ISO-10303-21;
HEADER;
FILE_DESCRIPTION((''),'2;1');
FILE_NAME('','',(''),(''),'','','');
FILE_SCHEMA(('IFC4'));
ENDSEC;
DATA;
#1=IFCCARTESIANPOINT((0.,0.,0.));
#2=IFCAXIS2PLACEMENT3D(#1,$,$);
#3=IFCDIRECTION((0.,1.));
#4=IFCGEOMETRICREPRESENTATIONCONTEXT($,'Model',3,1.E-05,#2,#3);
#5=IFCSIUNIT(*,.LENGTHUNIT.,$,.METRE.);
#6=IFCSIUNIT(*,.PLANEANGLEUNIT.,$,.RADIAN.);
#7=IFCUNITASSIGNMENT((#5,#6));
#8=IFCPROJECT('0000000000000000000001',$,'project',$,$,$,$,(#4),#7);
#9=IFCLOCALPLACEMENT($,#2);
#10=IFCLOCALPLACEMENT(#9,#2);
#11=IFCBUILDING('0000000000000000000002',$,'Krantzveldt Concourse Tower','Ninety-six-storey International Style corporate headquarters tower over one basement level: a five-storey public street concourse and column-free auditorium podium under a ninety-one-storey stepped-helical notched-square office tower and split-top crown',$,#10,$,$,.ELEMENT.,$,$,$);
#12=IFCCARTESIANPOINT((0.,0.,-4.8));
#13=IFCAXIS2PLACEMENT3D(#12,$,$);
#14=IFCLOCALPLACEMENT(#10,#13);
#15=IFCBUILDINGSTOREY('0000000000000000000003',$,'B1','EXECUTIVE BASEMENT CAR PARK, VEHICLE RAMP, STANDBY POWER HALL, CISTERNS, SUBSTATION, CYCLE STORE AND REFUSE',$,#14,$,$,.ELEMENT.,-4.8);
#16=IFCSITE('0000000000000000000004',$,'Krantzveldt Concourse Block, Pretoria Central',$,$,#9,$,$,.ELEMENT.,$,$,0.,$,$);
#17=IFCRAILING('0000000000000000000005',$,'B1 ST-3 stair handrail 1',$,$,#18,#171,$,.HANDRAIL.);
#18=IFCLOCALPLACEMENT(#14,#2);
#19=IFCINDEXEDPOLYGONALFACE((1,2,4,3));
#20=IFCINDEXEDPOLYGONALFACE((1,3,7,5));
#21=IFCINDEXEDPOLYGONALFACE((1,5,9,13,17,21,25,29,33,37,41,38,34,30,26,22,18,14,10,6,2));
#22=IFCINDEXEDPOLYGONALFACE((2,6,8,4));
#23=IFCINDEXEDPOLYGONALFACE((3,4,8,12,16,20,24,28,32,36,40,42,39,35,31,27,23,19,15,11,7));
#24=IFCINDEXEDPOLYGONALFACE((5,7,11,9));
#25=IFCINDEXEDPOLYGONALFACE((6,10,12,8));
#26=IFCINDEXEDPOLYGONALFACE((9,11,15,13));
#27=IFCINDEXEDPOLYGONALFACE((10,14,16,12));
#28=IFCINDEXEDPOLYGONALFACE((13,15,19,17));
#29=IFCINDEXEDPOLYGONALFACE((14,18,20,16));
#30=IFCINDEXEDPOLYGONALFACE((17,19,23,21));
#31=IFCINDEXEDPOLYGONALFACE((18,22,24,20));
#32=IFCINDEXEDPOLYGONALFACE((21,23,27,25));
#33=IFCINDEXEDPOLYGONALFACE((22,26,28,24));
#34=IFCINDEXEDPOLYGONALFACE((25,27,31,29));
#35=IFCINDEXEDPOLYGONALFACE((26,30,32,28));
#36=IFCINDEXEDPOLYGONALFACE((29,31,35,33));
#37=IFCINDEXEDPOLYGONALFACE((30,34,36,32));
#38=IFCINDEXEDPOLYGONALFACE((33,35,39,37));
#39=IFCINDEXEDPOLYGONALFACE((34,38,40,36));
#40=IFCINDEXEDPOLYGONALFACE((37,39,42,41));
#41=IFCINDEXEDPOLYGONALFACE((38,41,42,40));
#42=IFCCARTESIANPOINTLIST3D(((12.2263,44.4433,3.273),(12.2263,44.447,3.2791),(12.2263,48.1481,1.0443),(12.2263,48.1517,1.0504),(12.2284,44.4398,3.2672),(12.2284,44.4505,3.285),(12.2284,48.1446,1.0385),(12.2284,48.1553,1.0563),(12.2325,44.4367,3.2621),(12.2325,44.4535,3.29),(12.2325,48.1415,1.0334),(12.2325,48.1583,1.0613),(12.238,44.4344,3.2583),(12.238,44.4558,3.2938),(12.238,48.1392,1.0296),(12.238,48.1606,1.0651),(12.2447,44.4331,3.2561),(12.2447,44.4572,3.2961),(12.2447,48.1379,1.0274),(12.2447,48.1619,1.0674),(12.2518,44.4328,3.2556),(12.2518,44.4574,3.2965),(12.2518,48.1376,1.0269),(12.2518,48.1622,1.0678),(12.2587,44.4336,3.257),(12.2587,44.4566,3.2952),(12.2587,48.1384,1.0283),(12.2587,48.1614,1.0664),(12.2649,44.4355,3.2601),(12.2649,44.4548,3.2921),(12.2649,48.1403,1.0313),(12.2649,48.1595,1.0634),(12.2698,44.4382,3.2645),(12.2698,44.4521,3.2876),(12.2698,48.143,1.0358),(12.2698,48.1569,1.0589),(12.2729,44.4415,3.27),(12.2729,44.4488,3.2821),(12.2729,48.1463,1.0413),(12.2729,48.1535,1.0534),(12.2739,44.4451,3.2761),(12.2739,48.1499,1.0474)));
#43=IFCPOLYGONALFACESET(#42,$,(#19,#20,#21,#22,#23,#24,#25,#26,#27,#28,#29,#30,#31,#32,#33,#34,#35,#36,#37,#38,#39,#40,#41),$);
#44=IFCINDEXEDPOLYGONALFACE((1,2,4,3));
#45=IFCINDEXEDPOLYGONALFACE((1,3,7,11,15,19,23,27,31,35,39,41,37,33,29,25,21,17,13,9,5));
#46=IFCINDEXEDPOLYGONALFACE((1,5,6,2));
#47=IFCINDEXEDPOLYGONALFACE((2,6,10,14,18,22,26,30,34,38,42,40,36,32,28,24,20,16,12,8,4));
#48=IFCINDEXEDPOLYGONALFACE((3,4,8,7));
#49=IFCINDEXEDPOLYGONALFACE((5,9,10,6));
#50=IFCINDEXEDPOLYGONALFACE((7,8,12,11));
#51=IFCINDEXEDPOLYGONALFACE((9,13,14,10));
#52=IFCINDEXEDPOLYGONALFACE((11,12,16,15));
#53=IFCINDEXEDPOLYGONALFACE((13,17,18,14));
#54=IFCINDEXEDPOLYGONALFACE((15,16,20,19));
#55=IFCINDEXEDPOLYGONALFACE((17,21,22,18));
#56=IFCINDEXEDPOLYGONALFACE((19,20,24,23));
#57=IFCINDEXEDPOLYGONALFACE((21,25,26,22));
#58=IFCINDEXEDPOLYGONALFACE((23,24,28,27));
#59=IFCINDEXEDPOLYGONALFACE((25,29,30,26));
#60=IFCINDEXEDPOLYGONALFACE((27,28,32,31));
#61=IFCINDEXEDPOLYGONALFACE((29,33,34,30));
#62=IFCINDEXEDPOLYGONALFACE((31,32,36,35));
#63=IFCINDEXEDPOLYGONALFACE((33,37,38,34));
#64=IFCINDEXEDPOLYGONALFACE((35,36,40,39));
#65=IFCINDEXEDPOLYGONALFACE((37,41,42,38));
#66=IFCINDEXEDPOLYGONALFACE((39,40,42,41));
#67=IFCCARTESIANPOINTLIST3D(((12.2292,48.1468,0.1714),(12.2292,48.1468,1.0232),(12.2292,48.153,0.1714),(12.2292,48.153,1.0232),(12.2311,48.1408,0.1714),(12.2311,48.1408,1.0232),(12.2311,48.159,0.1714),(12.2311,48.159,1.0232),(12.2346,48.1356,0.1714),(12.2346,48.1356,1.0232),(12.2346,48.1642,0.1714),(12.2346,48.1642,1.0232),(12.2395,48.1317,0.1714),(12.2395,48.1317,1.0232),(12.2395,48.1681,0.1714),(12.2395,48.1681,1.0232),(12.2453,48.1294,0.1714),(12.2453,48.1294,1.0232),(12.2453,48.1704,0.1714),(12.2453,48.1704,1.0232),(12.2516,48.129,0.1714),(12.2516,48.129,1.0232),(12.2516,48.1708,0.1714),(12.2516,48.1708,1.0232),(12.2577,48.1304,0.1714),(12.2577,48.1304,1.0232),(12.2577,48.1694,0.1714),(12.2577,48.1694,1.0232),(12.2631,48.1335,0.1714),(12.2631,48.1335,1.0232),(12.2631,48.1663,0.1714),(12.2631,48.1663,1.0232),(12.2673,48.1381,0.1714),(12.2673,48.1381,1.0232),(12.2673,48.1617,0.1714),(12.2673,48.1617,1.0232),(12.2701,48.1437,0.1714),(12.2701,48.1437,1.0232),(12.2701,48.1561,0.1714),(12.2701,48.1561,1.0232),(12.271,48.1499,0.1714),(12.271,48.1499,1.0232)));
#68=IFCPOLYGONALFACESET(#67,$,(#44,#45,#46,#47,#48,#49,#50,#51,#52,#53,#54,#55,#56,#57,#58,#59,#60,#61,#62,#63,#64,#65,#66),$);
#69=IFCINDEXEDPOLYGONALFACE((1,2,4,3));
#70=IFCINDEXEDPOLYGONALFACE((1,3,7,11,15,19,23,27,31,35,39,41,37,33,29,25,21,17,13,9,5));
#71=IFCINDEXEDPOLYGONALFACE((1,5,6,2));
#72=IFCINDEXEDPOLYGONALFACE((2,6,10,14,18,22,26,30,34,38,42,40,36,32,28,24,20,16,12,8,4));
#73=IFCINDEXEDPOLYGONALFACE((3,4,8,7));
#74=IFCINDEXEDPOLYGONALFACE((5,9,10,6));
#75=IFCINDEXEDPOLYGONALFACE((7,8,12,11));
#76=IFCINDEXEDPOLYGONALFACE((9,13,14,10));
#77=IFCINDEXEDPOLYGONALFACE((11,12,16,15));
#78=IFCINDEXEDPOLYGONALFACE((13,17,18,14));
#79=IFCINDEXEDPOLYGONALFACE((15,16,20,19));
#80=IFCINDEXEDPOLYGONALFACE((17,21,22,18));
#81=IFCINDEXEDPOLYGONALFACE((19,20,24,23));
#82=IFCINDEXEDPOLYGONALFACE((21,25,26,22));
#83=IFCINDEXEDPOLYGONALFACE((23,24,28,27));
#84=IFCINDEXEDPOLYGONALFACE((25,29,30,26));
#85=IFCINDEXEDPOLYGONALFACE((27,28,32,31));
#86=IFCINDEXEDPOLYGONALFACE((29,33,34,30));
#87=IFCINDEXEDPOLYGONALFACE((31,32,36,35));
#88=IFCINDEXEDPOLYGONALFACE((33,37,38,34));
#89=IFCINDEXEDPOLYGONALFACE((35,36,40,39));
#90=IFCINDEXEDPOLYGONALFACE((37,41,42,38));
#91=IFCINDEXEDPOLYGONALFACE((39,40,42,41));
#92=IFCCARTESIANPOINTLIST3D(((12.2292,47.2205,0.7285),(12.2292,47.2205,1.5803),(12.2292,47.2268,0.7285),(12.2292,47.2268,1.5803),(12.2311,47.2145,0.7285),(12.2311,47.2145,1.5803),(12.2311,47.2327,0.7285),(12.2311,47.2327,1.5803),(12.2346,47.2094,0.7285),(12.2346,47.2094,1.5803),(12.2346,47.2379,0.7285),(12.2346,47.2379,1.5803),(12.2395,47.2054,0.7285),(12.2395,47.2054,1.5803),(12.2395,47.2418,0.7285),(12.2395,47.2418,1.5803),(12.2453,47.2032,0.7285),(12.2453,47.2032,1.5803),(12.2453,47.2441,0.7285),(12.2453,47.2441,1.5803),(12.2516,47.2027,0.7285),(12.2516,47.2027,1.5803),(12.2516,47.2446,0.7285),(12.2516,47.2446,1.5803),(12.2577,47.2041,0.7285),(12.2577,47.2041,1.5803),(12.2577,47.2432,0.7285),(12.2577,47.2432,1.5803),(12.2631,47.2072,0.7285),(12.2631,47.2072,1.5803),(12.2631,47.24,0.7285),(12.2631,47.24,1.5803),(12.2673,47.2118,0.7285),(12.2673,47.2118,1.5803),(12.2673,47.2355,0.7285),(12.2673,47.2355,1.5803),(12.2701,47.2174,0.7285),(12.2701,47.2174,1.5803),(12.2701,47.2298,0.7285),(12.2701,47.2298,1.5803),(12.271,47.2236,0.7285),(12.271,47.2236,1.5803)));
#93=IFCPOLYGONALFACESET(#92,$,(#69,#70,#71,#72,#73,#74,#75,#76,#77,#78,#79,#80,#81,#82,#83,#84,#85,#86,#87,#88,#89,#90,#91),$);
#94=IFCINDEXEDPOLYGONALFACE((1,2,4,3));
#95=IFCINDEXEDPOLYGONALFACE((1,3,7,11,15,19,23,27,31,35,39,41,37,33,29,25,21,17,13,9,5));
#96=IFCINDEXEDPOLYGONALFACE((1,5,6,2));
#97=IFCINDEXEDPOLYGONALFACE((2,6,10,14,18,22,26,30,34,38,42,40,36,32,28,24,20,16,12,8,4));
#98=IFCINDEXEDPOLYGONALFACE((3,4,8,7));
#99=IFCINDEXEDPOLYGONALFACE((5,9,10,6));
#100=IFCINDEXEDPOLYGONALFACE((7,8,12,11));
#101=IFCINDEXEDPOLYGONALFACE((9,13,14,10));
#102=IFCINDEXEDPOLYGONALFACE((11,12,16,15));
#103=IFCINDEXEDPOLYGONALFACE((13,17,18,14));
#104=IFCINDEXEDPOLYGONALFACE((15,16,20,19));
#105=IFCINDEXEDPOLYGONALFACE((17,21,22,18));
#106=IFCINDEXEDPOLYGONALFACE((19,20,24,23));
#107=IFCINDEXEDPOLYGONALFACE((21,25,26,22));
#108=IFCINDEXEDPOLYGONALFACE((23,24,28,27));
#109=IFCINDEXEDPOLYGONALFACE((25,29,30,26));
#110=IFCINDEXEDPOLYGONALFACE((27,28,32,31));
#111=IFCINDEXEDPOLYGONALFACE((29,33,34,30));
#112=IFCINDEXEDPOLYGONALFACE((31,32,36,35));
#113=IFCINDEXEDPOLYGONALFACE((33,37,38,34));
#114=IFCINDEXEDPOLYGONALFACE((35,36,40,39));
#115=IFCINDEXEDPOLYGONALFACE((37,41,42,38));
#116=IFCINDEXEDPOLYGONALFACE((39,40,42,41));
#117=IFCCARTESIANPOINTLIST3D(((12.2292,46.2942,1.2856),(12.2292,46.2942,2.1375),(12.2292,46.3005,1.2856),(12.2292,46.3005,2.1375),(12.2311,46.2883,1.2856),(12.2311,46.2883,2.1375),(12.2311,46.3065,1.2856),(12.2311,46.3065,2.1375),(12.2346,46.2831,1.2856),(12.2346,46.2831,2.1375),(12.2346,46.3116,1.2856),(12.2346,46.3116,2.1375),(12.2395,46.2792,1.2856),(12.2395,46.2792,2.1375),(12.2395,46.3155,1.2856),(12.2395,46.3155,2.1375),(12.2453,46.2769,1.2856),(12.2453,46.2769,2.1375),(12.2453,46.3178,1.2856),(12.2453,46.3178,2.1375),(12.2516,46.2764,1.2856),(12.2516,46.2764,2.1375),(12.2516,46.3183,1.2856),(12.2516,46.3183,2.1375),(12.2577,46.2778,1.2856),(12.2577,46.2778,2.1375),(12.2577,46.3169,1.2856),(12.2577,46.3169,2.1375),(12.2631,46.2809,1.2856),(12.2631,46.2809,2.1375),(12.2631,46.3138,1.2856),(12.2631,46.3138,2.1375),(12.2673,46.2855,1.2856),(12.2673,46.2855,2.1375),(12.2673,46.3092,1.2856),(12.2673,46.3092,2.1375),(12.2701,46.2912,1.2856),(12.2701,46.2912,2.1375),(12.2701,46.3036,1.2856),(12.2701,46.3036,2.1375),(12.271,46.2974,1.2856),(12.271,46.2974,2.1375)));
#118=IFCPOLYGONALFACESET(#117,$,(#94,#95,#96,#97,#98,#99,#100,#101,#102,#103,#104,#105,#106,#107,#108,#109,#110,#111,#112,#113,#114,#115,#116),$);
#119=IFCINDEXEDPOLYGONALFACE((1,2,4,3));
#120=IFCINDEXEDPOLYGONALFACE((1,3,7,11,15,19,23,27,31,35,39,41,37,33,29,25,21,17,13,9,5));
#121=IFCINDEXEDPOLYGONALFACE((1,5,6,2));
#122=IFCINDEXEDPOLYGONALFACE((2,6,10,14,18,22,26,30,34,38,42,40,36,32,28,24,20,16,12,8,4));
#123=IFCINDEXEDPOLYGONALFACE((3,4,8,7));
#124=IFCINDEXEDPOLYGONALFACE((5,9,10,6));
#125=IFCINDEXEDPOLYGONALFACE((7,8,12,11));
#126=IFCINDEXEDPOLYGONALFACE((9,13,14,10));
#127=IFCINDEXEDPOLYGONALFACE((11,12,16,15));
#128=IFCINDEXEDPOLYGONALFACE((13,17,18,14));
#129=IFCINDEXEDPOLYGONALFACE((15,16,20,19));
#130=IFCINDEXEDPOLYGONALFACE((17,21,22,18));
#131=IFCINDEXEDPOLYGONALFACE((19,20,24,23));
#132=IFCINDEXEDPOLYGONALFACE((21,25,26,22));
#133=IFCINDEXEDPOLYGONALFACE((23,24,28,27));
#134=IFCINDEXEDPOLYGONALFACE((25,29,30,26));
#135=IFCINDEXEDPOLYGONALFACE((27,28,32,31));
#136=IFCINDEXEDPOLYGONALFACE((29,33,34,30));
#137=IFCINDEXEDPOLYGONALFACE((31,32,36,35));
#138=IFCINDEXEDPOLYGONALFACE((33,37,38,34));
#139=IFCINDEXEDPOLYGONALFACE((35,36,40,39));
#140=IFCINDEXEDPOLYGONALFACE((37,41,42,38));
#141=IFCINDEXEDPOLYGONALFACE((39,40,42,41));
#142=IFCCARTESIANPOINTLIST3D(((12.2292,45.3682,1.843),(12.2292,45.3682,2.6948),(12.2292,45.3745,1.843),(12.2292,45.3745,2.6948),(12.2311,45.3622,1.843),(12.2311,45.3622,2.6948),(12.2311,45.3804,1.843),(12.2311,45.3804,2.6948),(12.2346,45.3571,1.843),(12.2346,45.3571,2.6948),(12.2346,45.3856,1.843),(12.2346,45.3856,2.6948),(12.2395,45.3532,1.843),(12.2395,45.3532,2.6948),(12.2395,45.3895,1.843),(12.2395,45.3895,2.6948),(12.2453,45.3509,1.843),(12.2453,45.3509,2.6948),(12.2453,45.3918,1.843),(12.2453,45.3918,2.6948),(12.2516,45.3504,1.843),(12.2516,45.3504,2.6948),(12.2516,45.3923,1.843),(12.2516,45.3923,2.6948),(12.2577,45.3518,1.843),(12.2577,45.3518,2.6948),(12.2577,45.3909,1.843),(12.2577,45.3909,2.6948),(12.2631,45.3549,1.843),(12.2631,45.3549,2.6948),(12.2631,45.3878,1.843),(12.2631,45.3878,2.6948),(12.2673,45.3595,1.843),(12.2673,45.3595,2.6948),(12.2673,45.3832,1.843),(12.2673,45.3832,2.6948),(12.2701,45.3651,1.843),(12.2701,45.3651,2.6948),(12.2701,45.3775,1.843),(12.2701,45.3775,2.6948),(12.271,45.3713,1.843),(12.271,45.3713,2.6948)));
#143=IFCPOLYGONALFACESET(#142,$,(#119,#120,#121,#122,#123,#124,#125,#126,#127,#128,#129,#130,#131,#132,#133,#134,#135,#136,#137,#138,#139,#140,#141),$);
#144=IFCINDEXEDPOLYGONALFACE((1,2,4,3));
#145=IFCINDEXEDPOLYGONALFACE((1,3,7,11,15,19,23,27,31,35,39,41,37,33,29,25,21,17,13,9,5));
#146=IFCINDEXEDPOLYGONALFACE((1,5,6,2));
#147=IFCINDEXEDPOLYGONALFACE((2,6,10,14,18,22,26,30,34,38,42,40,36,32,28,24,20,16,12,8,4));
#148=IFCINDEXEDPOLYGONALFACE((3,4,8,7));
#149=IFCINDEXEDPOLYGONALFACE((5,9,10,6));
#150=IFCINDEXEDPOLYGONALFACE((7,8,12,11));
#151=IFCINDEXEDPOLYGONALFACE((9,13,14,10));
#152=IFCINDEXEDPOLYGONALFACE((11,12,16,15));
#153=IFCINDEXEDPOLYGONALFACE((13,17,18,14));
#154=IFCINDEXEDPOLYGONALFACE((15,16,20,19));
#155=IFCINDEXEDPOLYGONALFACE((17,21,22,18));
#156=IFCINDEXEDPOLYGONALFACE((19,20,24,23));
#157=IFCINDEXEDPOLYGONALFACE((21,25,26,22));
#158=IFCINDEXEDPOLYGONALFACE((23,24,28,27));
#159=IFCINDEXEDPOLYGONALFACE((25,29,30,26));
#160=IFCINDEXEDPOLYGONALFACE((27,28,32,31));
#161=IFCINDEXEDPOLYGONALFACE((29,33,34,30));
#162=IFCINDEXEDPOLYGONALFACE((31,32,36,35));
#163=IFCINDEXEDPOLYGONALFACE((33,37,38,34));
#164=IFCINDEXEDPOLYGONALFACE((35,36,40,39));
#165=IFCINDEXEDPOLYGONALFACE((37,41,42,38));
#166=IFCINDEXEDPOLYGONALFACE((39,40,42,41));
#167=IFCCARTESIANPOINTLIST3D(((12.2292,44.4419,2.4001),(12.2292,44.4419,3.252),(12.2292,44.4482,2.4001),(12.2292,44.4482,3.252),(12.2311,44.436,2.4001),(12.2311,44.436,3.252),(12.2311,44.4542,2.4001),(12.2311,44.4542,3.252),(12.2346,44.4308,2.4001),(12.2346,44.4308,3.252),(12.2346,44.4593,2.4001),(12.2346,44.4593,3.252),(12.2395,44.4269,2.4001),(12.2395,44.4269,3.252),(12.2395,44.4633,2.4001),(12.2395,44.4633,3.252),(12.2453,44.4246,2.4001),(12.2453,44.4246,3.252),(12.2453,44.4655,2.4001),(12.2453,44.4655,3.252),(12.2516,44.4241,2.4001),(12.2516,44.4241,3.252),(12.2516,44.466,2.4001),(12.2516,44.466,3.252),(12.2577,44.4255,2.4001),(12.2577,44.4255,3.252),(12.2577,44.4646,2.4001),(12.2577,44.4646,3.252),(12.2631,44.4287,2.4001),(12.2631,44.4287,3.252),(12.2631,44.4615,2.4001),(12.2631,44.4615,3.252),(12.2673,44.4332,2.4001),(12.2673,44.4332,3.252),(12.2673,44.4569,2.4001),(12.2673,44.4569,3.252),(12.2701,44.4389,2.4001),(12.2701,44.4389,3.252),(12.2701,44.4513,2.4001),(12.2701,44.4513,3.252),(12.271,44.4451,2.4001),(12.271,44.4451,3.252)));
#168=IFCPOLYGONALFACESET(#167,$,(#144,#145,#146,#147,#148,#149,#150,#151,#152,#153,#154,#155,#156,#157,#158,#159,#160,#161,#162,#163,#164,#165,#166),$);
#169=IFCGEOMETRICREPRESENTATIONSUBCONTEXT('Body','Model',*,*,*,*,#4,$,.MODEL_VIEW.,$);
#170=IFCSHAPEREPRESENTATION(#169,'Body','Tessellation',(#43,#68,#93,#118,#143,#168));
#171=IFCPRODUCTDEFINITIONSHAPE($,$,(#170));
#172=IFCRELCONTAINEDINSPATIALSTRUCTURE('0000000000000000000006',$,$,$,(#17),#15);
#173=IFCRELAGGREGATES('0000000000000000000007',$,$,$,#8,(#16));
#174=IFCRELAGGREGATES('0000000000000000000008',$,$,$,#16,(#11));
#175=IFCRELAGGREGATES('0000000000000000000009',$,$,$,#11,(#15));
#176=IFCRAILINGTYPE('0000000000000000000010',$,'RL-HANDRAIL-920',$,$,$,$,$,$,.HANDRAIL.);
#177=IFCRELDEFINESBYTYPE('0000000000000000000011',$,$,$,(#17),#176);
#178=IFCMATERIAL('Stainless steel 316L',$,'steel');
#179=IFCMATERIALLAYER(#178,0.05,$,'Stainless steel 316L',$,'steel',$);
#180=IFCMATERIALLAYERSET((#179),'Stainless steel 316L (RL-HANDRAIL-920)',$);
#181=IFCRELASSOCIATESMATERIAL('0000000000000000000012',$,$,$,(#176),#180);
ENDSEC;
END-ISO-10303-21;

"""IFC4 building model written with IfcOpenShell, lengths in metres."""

from ifc_helpers import new_model, si_unit, direction, frame, origin, origin_2d, place, context, subcontext, project, spatial, circle, extrude, material, layer, layer_set, type_object, element, save


model = new_model("IFC4")

# Units and contexts
model_context = context("Model", 3, precision=1e-05, world=origin(), true_north=direction((0.0, 1.0)))
body_context = subcontext(model_context, "Body", "Model", "MODEL_VIEW")
ifc_project = project(units=[si_unit("LENGTHUNIT", "METRE"), si_unit("PLANEANGLEUNIT", "RADIAN")], contexts=[model_context])

# Site, building, storey
site_placement = place(None, origin())
site = spatial("IfcSite", under=ifc_project, at=site_placement, Name="Krantzveldt Concourse Block, Pretoria Central", CompositionType="ELEMENT", RefElevation=0.0)
building_placement = place(site_placement, origin())
building = spatial("IfcBuilding", under=site, at=building_placement, Name="Krantzveldt Concourse Tower", Description="Ninety-six-storey International Style corporate headquarters tower over one basement level: a five-storey public street concourse and column-free auditorium podium under a ninety-one-storey stepped-helical notched-square office tower and split-top crown", CompositionType="ELEMENT")
storey_placement = place(building_placement, frame((0.0, 0.0, -4.8)))
storey = spatial("IfcBuildingStorey", under=building, at=storey_placement, Name="B1", Description="EXECUTIVE BASEMENT CAR PARK, VEHICLE RAMP, STANDBY POWER HALL, CISTERNS, SUBSTATION, CYCLE STORE AND REFUSE", CompositionType="ELEMENT", Elevation=-4.8)

# Railing
ifc_material_1 = material(Name="Stainless steel 316L", Category="steel")
ifc_layer_1 = layer(ifc_material_1, 0.05, Name="Stainless steel 316L", Category="steel")
ifc_layer_set_1 = layer_set([ifc_layer_1], Name="Stainless steel 316L (RL-HANDRAIL-920)")
railing_type_1 = type_object("IfcRailingType", Name="RL-HANDRAIL-920", PredefinedType="HANDRAIL", material=ifc_layer_set_1)
railing_1_placement = place(storey_placement, frame((12.25, 48.1499, 0.1714)))
element("IfcRailing", 1, at=railing_1_placement, inside=storey, type_object=railing_type_1, Name="B1 ST-3 stair handrail 1", PredefinedType="HANDRAIL", context=body_context, shape_type="SweptSolid", body=[
    extrude(circle(Radius=0.0239, at=origin_2d()), frame((0.0, 0.0, 0.876), z_axis=(0.0, -0.856894, 0.515492), x_axis=(1.0, 0.0, 0.0)), (0.0, 0.0, 1.0), 4.3235),
    extrude(circle(Radius=0.021, at=origin_2d()), origin(), (0.0, 0.0, 1.0), 0.8518),
    extrude(circle(Radius=0.021, at=origin_2d()), frame((0.0, -0.9263, 0.5571)), (0.0, 0.0, 1.0), 0.8518),
    extrude(circle(Radius=0.021, at=origin_2d()), frame((0.0, -1.8525, 1.1143)), (0.0, 0.0, 1.0), 0.8518),
    extrude(circle(Radius=0.021, at=origin_2d()), frame((0.0, -2.7786, 1.6716)), (0.0, 0.0, 1.0), 0.8518),
    extrude(circle(Radius=0.021, at=origin_2d()), frame((0.0, -3.7048, 2.2288)), (0.0, 0.0, 1.0), 0.8518),
])

save(model, "model.ifc")
